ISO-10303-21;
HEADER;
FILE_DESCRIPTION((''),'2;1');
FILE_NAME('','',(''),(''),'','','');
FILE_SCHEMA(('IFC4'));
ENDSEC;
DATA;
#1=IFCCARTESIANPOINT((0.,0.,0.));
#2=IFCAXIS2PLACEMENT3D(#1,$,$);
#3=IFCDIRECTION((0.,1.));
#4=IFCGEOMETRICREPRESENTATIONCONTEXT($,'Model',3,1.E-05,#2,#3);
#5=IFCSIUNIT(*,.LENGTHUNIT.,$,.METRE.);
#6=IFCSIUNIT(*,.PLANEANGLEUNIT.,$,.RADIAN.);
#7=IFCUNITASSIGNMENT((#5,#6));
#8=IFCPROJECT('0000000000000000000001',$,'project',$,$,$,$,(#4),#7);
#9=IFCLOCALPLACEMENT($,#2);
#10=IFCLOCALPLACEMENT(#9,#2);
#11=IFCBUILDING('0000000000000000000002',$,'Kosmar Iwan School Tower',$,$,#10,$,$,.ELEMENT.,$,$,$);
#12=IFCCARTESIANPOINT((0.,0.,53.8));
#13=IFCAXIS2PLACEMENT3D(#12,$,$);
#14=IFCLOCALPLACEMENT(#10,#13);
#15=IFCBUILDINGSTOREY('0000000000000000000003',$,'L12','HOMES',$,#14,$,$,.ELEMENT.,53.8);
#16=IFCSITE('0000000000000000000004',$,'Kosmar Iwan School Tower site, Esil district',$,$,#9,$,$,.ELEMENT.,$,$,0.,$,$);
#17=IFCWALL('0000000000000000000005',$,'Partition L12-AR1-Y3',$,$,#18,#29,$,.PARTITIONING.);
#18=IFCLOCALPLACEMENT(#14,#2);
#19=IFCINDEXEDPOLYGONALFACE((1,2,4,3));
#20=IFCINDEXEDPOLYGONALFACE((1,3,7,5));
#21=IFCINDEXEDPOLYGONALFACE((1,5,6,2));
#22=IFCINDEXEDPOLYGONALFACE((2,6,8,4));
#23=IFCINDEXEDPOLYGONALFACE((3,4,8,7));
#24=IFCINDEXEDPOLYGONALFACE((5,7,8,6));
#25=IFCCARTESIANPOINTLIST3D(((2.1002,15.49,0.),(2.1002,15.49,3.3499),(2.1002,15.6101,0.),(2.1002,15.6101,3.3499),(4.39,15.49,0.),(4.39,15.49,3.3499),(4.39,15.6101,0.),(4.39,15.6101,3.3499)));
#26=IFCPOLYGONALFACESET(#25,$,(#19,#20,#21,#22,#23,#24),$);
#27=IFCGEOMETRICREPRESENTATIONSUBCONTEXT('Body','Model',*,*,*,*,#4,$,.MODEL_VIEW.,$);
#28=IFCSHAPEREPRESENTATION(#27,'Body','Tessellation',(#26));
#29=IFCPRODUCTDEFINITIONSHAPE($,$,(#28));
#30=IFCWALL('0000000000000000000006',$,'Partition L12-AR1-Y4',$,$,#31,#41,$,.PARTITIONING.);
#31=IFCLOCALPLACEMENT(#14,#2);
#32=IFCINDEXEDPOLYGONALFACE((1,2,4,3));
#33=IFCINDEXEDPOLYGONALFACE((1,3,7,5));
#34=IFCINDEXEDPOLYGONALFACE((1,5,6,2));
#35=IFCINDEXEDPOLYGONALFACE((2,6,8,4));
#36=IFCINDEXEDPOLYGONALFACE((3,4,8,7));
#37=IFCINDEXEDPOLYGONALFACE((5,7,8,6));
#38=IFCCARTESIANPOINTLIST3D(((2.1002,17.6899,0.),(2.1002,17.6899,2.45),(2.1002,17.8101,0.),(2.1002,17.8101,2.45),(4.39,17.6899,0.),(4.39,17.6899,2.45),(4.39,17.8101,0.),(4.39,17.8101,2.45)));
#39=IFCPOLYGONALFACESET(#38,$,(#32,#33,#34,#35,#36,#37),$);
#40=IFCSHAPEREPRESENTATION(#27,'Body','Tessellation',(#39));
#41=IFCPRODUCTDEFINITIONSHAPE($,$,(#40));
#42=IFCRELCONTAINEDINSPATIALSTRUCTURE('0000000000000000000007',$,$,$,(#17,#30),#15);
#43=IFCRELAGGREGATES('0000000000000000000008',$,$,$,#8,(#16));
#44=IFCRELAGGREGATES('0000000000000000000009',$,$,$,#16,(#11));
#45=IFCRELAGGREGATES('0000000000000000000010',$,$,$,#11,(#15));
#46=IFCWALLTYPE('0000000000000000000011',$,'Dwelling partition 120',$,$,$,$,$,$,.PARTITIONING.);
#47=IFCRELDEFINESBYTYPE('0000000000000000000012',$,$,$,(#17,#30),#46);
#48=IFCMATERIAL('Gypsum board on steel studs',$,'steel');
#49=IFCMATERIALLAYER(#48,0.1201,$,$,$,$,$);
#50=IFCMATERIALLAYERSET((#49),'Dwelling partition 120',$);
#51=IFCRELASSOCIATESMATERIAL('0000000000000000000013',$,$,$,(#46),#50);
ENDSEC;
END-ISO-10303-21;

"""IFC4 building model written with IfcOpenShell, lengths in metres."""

from ifc_helpers import new_model, si_unit, direction, frame, frame_2d, origin, place, context, subcontext, project, spatial, rectangle, extrude, material, layer, layer_set, type_object, element, save


model = new_model("IFC4")

# Units and contexts
model_context = context("Model", 3, precision=1e-05, world=origin(), true_north=direction((0.0, 1.0)))
body_context = subcontext(model_context, "Body", "Model", "MODEL_VIEW")
ifc_project = project(units=[si_unit("LENGTHUNIT", "METRE"), si_unit("PLANEANGLEUNIT", "RADIAN")], contexts=[model_context])

# Site, building, storey
site_placement = place(None, origin())
site = spatial("IfcSite", under=ifc_project, at=site_placement, Name="Kosmar Iwan School Tower site, Esil district", CompositionType="ELEMENT", RefElevation=0.0)
building_placement = place(site_placement, origin())
building = spatial("IfcBuilding", under=site, at=building_placement, Name="Kosmar Iwan School Tower", CompositionType="ELEMENT")
storey_placement = place(building_placement, frame((0.0, 0.0, 53.8)))
storey = spatial("IfcBuildingStorey", under=building, at=storey_placement, Name="L12", Description="HOMES", CompositionType="ELEMENT", Elevation=53.8)

# Walls
ifc_material_1 = material(Name="Gypsum board on steel studs", Category="steel")
ifc_layer_1 = layer(ifc_material_1, 0.1201)
ifc_layer_set_1 = layer_set([ifc_layer_1], Name="Dwelling partition 120")
wall_type_1 = type_object("IfcWallType", Name="Dwelling partition 120", PredefinedType="PARTITIONING", material=ifc_layer_set_1)
for number, where, z_axis, x_axis, name in (
    (1, (2.1001, 15.55, 0.0), (0.0, 0.0, 1.0), (1.0, 0.0, 0.0), "Partition L12-AR1-Y3"),
):
    element("IfcWall", number, at=place(storey_placement, frame(where, z_axis=z_axis, x_axis=x_axis)), inside=storey, type_object=wall_type_1, Name=name, PredefinedType="PARTITIONING", context=body_context, shape_type="SweptSolid", body=[
        extrude(rectangle(XDim=2.2898, YDim=0.1201, at=frame_2d((1.145, 0.0))), origin(), (0.0, 0.0, 1.0), 3.3499),
    ])
wall_1_placement = place(storey_placement, frame((2.1001, 17.75, 0.0), z_axis=(0.0, 0.0, 1.0), x_axis=(1.0, 0.0, 0.0)))
element("IfcWall", 2, at=wall_1_placement, inside=storey, type_object=wall_type_1, Name="Partition L12-AR1-Y4", PredefinedType="PARTITIONING", context=body_context, shape_type="SweptSolid", body=[
    extrude(rectangle(XDim=2.2898, YDim=0.1201, at=frame_2d((1.145, 0.0))), origin(), (0.0, 0.0, 1.0), 2.45),
])

save(model, "model.ifc")
